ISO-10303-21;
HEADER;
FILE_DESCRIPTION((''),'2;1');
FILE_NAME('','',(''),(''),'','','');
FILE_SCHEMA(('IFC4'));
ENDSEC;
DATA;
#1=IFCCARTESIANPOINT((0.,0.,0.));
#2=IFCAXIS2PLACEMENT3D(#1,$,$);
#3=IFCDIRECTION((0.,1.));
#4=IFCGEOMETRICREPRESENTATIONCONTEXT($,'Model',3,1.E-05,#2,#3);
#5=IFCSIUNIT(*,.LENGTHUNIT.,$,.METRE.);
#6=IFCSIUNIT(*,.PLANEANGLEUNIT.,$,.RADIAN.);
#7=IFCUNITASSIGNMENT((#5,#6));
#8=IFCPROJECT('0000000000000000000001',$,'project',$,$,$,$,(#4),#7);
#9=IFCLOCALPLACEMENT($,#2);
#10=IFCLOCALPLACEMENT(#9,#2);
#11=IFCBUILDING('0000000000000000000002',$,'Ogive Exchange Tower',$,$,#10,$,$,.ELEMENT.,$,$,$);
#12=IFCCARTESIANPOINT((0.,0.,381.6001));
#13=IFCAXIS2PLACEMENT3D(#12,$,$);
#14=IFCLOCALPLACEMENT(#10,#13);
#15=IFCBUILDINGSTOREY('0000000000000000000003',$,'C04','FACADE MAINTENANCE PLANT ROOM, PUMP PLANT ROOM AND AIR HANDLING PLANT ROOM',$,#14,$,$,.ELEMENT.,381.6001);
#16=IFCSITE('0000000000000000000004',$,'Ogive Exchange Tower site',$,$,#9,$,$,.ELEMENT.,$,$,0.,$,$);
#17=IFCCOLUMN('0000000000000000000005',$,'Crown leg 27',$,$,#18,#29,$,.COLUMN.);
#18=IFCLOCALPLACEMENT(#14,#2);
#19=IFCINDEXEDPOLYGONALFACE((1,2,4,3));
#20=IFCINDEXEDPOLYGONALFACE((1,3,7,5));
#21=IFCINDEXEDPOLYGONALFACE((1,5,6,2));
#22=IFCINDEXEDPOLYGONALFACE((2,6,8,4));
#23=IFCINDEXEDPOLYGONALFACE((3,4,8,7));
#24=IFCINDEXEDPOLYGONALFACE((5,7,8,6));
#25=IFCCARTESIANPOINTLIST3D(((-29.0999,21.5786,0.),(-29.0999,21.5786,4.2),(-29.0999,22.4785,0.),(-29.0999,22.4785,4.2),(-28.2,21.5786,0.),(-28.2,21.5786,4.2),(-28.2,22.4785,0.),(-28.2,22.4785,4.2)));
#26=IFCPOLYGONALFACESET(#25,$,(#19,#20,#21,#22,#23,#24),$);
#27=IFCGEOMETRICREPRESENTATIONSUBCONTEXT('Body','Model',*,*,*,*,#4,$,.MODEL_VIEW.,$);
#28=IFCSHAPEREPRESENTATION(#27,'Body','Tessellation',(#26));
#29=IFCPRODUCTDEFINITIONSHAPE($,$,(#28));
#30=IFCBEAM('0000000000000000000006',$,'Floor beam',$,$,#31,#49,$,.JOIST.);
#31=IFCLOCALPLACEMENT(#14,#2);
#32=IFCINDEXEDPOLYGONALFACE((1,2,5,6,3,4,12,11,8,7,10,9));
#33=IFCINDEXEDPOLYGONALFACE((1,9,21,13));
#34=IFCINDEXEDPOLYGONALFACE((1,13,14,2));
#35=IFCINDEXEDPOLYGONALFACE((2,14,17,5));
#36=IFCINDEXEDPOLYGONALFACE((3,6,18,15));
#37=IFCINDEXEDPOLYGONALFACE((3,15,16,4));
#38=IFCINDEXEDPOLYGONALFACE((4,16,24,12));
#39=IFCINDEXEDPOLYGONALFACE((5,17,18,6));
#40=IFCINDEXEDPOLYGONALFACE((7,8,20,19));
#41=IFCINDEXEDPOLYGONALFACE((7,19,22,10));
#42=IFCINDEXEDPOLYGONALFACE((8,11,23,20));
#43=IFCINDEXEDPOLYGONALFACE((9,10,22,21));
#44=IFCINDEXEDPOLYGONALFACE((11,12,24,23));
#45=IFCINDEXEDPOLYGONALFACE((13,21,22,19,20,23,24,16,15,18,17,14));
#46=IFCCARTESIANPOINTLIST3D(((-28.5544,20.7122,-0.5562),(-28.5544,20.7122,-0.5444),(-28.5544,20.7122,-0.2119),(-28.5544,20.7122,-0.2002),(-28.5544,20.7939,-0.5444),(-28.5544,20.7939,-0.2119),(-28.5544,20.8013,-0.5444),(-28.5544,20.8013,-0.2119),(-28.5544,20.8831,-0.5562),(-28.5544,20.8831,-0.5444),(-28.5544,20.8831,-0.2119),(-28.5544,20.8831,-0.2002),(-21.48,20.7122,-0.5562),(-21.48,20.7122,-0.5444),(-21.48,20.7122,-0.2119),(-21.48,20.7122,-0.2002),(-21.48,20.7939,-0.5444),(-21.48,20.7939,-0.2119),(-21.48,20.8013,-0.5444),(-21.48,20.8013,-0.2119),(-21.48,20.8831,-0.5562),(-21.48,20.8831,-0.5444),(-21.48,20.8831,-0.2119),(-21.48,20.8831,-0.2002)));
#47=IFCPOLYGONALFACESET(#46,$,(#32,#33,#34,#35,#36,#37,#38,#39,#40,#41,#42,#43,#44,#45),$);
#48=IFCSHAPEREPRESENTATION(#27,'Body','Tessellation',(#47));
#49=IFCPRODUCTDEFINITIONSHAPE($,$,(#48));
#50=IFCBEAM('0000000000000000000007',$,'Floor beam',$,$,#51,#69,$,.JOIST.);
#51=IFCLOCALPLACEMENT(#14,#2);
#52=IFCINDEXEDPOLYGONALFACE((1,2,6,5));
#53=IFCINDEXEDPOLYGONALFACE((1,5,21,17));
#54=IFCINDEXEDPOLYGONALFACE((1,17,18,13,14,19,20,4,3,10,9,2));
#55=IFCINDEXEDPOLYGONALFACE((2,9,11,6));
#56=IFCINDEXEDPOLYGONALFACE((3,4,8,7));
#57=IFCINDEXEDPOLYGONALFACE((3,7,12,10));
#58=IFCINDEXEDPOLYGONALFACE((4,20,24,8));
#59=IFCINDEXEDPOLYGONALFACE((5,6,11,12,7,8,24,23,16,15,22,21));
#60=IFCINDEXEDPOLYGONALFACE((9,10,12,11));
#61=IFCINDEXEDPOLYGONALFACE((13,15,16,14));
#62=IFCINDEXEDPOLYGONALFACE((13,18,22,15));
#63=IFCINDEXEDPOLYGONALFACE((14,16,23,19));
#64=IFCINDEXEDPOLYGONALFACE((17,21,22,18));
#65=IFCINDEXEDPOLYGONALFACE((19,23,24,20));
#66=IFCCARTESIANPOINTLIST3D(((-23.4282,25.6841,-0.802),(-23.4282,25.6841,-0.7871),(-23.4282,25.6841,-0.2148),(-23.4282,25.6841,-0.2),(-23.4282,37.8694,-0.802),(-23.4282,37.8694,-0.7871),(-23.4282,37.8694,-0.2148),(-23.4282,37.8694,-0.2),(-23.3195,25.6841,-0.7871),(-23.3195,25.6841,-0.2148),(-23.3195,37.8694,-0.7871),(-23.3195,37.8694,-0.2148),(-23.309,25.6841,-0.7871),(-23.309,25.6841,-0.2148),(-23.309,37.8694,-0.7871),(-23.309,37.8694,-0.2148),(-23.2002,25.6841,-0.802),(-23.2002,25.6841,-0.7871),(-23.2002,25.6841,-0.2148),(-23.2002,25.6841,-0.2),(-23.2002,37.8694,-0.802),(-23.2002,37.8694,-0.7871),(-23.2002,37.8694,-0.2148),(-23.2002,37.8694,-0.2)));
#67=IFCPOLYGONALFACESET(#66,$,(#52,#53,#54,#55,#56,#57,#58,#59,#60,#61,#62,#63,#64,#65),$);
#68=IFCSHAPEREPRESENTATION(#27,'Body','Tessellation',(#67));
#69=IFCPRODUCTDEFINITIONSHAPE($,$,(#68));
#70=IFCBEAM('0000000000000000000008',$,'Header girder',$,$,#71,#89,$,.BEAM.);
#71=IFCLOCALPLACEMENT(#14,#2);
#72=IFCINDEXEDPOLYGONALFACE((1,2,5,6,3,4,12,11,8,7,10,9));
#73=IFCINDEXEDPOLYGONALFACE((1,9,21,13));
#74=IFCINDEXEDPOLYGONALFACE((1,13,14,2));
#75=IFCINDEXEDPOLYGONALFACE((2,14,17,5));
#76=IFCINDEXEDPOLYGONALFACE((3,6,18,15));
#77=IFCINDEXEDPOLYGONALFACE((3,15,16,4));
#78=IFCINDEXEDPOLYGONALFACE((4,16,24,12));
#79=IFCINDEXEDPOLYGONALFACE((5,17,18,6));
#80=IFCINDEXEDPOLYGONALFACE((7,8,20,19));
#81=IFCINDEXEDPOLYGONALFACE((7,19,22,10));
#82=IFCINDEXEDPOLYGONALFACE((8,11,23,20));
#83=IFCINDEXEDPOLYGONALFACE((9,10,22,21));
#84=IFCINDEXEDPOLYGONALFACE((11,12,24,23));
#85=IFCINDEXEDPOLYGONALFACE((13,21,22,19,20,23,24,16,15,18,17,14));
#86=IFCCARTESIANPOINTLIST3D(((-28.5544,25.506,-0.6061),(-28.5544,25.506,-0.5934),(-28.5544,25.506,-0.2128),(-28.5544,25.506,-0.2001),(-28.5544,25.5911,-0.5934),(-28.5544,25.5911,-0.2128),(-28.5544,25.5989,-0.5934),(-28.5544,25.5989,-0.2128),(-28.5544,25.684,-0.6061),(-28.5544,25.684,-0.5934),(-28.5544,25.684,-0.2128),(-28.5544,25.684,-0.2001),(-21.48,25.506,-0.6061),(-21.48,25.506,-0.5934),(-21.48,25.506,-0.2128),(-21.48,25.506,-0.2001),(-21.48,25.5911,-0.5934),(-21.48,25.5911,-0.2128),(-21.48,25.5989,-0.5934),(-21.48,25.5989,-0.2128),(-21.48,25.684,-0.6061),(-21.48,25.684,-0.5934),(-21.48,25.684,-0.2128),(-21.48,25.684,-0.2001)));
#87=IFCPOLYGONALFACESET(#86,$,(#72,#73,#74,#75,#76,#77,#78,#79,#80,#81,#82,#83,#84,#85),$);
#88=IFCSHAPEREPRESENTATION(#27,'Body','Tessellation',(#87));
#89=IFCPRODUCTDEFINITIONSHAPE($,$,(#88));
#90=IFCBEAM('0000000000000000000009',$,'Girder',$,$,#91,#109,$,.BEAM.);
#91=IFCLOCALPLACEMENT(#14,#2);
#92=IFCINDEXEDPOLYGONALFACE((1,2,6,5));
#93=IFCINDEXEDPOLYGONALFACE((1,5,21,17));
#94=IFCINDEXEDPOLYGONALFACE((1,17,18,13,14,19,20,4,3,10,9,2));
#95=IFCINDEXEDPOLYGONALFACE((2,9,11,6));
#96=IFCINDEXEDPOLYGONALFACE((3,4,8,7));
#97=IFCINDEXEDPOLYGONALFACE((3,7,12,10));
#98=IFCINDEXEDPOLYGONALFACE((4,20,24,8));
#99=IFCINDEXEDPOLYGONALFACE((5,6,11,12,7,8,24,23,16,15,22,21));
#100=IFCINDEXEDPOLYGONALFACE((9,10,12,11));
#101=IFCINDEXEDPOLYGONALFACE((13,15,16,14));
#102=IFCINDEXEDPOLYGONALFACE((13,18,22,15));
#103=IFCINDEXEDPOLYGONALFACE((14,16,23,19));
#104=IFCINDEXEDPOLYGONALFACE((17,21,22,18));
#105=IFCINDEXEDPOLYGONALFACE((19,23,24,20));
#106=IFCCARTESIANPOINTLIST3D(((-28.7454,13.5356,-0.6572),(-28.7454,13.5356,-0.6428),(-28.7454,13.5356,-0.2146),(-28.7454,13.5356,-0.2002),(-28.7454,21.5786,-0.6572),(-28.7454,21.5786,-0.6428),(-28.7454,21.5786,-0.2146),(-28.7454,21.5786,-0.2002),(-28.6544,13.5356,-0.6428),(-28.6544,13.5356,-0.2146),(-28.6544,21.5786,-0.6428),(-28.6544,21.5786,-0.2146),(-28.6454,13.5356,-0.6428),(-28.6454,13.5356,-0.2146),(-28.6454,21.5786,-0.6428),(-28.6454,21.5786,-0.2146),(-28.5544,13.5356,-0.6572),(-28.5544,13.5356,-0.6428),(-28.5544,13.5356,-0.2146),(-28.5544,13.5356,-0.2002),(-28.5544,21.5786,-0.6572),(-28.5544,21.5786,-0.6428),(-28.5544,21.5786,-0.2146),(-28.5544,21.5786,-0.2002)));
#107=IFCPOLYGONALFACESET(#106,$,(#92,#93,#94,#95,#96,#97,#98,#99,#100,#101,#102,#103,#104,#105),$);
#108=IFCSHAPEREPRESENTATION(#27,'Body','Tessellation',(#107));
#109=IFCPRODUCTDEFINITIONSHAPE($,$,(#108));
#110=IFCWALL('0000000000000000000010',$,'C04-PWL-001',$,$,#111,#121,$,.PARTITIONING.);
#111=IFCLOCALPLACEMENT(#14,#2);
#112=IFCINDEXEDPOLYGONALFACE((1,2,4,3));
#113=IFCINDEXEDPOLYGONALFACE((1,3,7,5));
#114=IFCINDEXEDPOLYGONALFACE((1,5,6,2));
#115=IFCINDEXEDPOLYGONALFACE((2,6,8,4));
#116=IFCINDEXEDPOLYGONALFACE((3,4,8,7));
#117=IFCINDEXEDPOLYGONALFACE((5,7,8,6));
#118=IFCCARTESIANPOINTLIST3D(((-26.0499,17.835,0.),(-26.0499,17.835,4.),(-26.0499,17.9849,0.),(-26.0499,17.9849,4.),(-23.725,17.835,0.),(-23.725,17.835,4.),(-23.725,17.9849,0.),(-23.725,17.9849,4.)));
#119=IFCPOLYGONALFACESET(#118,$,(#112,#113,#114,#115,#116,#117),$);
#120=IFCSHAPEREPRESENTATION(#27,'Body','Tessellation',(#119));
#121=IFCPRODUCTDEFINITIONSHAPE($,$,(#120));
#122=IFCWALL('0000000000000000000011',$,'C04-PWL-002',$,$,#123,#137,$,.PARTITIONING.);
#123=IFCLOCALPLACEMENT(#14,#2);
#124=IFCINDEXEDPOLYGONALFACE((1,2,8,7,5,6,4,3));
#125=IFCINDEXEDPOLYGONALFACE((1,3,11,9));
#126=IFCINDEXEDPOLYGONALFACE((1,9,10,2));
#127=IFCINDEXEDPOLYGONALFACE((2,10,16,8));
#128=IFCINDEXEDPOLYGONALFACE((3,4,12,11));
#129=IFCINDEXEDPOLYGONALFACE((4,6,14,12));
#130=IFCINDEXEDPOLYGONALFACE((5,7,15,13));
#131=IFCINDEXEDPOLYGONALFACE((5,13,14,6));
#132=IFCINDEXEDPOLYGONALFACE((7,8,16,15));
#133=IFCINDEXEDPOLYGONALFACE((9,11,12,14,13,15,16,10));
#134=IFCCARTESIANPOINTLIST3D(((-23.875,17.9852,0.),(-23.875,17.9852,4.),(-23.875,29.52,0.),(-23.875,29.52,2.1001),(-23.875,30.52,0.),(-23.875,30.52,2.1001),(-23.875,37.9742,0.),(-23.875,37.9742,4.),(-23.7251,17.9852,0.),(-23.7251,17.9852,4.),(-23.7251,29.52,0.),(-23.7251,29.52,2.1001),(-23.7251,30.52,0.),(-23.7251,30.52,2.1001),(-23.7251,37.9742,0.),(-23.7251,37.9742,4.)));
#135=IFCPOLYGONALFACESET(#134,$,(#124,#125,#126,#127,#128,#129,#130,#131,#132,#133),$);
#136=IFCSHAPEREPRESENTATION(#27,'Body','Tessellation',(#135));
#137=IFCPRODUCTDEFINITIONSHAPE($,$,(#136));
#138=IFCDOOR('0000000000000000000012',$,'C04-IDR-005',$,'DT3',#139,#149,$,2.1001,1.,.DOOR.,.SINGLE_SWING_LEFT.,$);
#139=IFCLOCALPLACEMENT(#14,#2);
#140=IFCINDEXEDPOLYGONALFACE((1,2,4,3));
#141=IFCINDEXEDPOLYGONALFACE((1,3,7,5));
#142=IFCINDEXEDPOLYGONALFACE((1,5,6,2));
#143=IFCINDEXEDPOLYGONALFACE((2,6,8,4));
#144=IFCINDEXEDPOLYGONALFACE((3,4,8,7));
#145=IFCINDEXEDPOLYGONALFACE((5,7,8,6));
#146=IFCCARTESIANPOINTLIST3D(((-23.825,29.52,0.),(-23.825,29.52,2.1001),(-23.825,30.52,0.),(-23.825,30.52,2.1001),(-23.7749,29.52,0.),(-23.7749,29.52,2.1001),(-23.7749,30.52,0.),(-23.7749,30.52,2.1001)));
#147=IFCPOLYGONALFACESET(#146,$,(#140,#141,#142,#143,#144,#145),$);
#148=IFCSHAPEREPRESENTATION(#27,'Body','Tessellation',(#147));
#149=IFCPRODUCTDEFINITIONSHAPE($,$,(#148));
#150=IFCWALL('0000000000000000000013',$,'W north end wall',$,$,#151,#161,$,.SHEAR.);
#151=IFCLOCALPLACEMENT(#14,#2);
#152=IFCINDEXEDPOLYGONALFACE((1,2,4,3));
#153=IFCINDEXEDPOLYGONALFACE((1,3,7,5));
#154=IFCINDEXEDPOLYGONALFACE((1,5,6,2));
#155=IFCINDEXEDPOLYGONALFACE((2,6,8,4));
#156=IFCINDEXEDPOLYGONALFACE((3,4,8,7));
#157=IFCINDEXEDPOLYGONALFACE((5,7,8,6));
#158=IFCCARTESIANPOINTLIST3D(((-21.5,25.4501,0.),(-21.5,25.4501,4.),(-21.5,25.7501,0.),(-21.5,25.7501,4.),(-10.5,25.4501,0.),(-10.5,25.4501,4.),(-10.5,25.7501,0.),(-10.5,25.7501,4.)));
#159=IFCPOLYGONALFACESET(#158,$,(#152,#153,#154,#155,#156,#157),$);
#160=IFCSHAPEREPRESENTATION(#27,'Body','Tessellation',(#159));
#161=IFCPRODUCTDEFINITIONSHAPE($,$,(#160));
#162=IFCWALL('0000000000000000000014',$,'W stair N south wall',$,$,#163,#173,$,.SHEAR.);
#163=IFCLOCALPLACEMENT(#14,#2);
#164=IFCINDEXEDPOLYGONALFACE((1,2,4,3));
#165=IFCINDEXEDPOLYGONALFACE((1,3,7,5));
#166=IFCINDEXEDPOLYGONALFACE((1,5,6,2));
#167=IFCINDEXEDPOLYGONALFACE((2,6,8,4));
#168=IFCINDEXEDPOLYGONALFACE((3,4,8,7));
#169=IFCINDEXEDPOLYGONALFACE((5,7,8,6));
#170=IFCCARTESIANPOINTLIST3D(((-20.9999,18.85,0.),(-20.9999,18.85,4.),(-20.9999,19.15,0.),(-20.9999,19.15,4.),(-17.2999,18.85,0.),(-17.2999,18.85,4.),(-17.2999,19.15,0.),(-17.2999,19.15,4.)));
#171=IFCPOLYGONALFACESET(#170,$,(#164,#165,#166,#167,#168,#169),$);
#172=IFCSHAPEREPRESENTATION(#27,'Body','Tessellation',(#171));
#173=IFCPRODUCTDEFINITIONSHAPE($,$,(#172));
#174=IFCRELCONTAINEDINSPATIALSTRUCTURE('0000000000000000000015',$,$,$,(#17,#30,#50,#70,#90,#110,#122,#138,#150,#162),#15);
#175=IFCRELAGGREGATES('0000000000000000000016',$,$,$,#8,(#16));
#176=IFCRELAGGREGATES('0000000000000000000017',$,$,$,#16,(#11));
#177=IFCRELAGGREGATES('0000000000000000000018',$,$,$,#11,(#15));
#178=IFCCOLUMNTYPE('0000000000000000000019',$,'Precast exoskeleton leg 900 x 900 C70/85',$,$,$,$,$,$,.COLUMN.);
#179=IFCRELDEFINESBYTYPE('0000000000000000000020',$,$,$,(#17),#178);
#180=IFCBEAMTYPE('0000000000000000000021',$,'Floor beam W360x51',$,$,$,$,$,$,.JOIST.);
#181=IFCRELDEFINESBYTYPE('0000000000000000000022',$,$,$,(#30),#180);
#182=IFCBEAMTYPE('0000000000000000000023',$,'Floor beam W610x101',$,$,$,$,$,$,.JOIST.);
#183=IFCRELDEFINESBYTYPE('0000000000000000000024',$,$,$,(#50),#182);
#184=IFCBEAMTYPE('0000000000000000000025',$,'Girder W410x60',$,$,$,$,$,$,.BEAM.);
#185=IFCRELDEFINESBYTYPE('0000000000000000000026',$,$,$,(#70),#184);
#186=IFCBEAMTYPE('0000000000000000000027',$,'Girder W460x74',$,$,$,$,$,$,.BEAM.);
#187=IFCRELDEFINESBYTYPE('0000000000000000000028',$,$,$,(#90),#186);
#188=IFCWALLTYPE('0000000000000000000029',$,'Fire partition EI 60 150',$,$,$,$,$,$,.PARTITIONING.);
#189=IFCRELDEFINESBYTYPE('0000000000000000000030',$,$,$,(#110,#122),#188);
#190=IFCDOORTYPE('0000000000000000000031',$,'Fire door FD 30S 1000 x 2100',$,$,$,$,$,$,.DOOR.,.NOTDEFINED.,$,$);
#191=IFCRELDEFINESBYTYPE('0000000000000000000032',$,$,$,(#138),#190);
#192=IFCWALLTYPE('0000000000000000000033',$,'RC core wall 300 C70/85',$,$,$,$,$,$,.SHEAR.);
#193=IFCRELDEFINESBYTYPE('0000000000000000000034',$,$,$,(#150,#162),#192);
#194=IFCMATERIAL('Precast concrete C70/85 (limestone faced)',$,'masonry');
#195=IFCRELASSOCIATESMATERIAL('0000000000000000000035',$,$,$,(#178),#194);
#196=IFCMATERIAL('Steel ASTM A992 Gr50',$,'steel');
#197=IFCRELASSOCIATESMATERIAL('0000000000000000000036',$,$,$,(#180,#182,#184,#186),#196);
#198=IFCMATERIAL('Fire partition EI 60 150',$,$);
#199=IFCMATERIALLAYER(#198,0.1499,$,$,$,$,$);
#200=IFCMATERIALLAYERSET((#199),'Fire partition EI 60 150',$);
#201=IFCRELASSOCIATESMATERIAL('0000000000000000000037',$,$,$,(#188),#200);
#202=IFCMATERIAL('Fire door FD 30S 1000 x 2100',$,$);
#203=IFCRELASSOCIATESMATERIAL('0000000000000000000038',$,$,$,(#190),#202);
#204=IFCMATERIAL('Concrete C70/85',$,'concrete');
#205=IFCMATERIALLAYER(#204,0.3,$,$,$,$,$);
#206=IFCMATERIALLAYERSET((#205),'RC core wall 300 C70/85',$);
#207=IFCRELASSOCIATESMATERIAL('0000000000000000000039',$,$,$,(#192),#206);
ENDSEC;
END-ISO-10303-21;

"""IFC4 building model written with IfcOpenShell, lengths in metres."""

from ifc_helpers import new_model, si_unit, direction, frame, frame_2d, origin, origin_2d, place, context, subcontext, project, spatial, rectangle, i_section, extrude, material, layer, layer_set, material_profile, profile_set, type_object, element, fill, save


model = new_model("IFC4")

# Units and contexts
model_context = context("Model", 3, precision=1e-05, world=origin(), true_north=direction((0.0, 1.0)))
body_context = subcontext(model_context, "Body", "Model", "MODEL_VIEW")
ifc_project = project(units=[si_unit("LENGTHUNIT", "METRE"), si_unit("PLANEANGLEUNIT", "RADIAN")], contexts=[model_context])

# Site, building, storey
site_placement = place(None, origin())
site = spatial("IfcSite", under=ifc_project, at=site_placement, Name="Ogive Exchange Tower site", CompositionType="ELEMENT", RefElevation=0.0)
building_placement = place(site_placement, origin())
building = spatial("IfcBuilding", under=site, at=building_placement, Name="Ogive Exchange Tower", CompositionType="ELEMENT")
storey_placement = place(building_placement, frame((0.0, 0.0, 381.6001)))
storey = spatial("IfcBuildingStorey", under=building, at=storey_placement, Name="C04", Description="FACADE MAINTENANCE PLANT ROOM, PUMP PLANT ROOM AND AIR HANDLING PLANT ROOM", CompositionType="ELEMENT", Elevation=381.6001)

# Column
ifc_material_1 = material(Name="Precast concrete C70/85 (limestone faced)", Category="masonry")
ifc_material_profile_1 = material_profile(ifc_material_1, rectangle(XDim=0.8999, YDim=0.8999, at=origin_2d()), Name="900 x 900")
ifc_profile_set_1 = profile_set([ifc_material_profile_1], Name="Precast concrete C70/85 (limestone faced)")
column_type = type_object("IfcColumnType", Name="Precast exoskeleton leg 900 x 900 C70/85", PredefinedType="COLUMN", material=ifc_profile_set_1)
column_placement = place(storey_placement, frame((-28.6499, 22.0286, 0.0), z_axis=(0.0, 0.0, 1.0), x_axis=(1.0, 0.0, 0.0)))
element("IfcColumn", 1, at=column_placement, inside=storey, type_object=column_type, Name="Crown leg 27", PredefinedType="COLUMN", context=body_context, shape_type="SweptSolid", body=[
    extrude(rectangle(XDim=0.8999, YDim=0.8999, at=origin_2d()), origin(), (0.0, 0.0, 1.0), 4.2),
])

# Beams
ifc_material_2 = material(Name="Steel ASTM A992 Gr50", Category="steel")
ifc_material_profile_2 = material_profile(ifc_material_2, i_section(OverallWidth=0.1709, OverallDepth=0.356, WebThickness=0.0073, FlangeThickness=0.0117, at=origin_2d()), Name="W360x51")
ifc_profile_set_2 = profile_set([ifc_material_profile_2], Name="Steel ASTM A992 Gr50")
beam_type_1 = type_object("IfcBeamType", Name="Floor beam W360x51", PredefinedType="JOIST", material=ifc_profile_set_2)
beam_1_placement = place(storey_placement, frame((-28.5544, 20.7976, -0.3782), z_axis=(1.0, 0.0, 0.0), x_axis=(0.0, 1.0, 0.0)))
element("IfcBeam", 2, at=beam_1_placement, inside=storey, type_object=beam_type_1, Name="Floor beam", PredefinedType="JOIST", context=body_context, shape_type="SweptSolid", body=[
    extrude(i_section(OverallWidth=0.1709, OverallDepth=0.356, WebThickness=0.0073, FlangeThickness=0.0117, at=origin_2d()), origin(), (0.0, 0.0, 1.0), 7.0745),
])
ifc_material_profile_3 = material_profile(ifc_material_2, i_section(OverallWidth=0.228, OverallDepth=0.6021, WebThickness=0.0105, FlangeThickness=0.0149, at=origin_2d()), Name="W610x101")
ifc_profile_set_3 = profile_set([ifc_material_profile_3], Name="Steel ASTM A992 Gr50")
beam_type_2 = type_object("IfcBeamType", Name="Floor beam W610x101", PredefinedType="JOIST", material=ifc_profile_set_3)
beam_2_placement = place(storey_placement, frame((-23.3142, 25.6841, -0.501), z_axis=(0.0, 1.0, 0.0), x_axis=(-1.0, 0.0, 0.0)))
element("IfcBeam", 3, at=beam_2_placement, inside=storey, type_object=beam_type_2, Name="Floor beam", PredefinedType="JOIST", context=body_context, shape_type="SweptSolid", body=[
    extrude(i_section(OverallWidth=0.228, OverallDepth=0.6021, WebThickness=0.0105, FlangeThickness=0.0149, at=origin_2d()), origin(), (0.0, 0.0, 1.0), 12.1853),
])
ifc_material_profile_4 = material_profile(ifc_material_2, i_section(OverallWidth=0.178, OverallDepth=0.406, WebThickness=0.0078, FlangeThickness=0.0127, at=origin_2d()), Name="W410x60")
ifc_profile_set_4 = profile_set([ifc_material_profile_4], Name="Steel ASTM A992 Gr50")
beam_type_3 = type_object("IfcBeamType", Name="Girder W410x60", PredefinedType="BEAM", material=ifc_profile_set_4)
beam_3_placement = place(storey_placement, frame((-28.5544, 25.595, -0.4031), z_axis=(1.0, 0.0, 0.0), x_axis=(0.0, 1.0, 0.0)))
element("IfcBeam", 4, at=beam_3_placement, inside=storey, type_object=beam_type_3, Name="Header girder", PredefinedType="BEAM", context=body_context, shape_type="SweptSolid", body=[
    extrude(i_section(OverallWidth=0.178, OverallDepth=0.406, WebThickness=0.0078, FlangeThickness=0.0127, at=origin_2d()), origin(), (0.0, 0.0, 1.0), 7.0745),
])
ifc_material_profile_5 = material_profile(ifc_material_2, i_section(OverallWidth=0.1909, OverallDepth=0.457, WebThickness=0.009, FlangeThickness=0.0144, at=origin_2d()), Name="W460x74")
ifc_profile_set_5 = profile_set([ifc_material_profile_5], Name="Steel ASTM A992 Gr50")
beam_type_4 = type_object("IfcBeamType", Name="Girder W460x74", PredefinedType="BEAM", material=ifc_profile_set_5)
beam_4_placement = place(storey_placement, frame((-28.6499, 21.5786, -0.4287), z_axis=(0.0, -1.0, 0.0), x_axis=(1.0, 0.0, 0.0)))
element("IfcBeam", 5, at=beam_4_placement, inside=storey, type_object=beam_type_4, Name="Girder", PredefinedType="BEAM", context=body_context, shape_type="SweptSolid", body=[
    extrude(i_section(OverallWidth=0.1909, OverallDepth=0.457, WebThickness=0.009, FlangeThickness=0.0144, at=origin_2d()), origin(), (0.0, 0.0, 1.0), 8.043),
])

# Wall
ifc_material_3 = material(Name="Fire partition EI 60 150")
ifc_layer_1 = layer(ifc_material_3, 0.1499)
ifc_layer_set_1 = layer_set([ifc_layer_1], Name="Fire partition EI 60 150")
wall_type_1 = type_object("IfcWallType", Name="Fire partition EI 60 150", PredefinedType="PARTITIONING", material=ifc_layer_set_1)
wall_1_placement = place(storey_placement, frame((-26.05, 17.9099, 0.0), z_axis=(0.0, 0.0, 1.0), x_axis=(1.0, 0.0, 0.0)))
element("IfcWall", 6, at=wall_1_placement, inside=storey, type_object=wall_type_1, Name="C04-PWL-001", PredefinedType="PARTITIONING", context=body_context, shape_type="SweptSolid", body=[
    extrude(rectangle(XDim=2.325, YDim=0.1499, at=frame_2d((1.1626, 0.0))), origin(), (0.0, 0.0, 1.0), 4.0),
])

# Wall, opening, door
wall_2_placement = place(storey_placement, frame((-23.8, 17.9851, 0.0), z_axis=(0.0, 0.0, 1.0), x_axis=(0.0, 1.0, 0.0)))
wall_2 = element("IfcWall", 7, at=wall_2_placement, inside=storey, type_object=wall_type_1, Name="C04-PWL-002", PredefinedType="PARTITIONING", context=body_context, shape_type="SweptSolid", body=[
    extrude(rectangle(XDim=19.989, YDim=0.1499, at=frame_2d((9.9946, 0.0))), origin(), (0.0, 0.0, 1.0), 4.0),
])
opening_1_placement = place(wall_2_placement, frame((11.5349, 0.0, 0.0)))
opening_1 = element("IfcOpeningElement", 8, at=opening_1_placement, cuts=wall_2, PredefinedType="OPENING", context=body_context, shape_type="SweptSolid", body=[
    extrude(rectangle(XDim=1.0, YDim=2.1001, at=frame_2d((0.5, 1.05))), frame((0.0, 0.085, 0.0), z_axis=(0.0, -1.0, 0.0), x_axis=(1.0, 0.0, 0.0)), (0.0, 0.0, 1.0), 0.1699),
])
ifc_material_4 = material(Name="Fire door FD 30S 1000 x 2100")
door_type = type_object("IfcDoorType", Name="Fire door FD 30S 1000 x 2100", OperationType="NOTDEFINED", PredefinedType="DOOR", material=ifc_material_4)
door_placement = place(opening_1_placement, origin())
door = element("IfcDoor", 9, at=door_placement, inside=storey, type_object=door_type, Name="C04-IDR-005", ObjectType="DT3", OperationType="SINGLE_SWING_LEFT", OverallHeight=2.1001, OverallWidth=1.0, PredefinedType="DOOR", context=body_context, shape_type="SweptSolid", body=[
    extrude(rectangle(XDim=1.0, YDim=2.1001, at=frame_2d((0.5, 1.05))), frame((0.0, 0.0249, 0.0), z_axis=(0.0, -1.0, 0.0), x_axis=(1.0, 0.0, 0.0)), (0.0, 0.0, 1.0), 0.05),
])
fill(opening_1, door)

# Walls
ifc_material_5 = material(Name="Concrete C70/85", Category="concrete")
ifc_layer_2 = layer(ifc_material_5, 0.3)
ifc_layer_set_2 = layer_set([ifc_layer_2], Name="RC core wall 300 C70/85")
wall_type_2 = type_object("IfcWallType", Name="RC core wall 300 C70/85", PredefinedType="SHEAR", material=ifc_layer_set_2)
wall_3_placement = place(storey_placement, frame((-21.5, 25.6001, 0.0), z_axis=(0.0, 0.0, 1.0), x_axis=(1.0, 0.0, 0.0)))
element("IfcWall", 10, at=wall_3_placement, inside=storey, type_object=wall_type_2, Name="W north end wall", PredefinedType="SHEAR", context=body_context, shape_type="SweptSolid", body=[
    extrude(rectangle(XDim=11.0, YDim=0.3, at=frame_2d((5.5, 0.0))), origin(), (0.0, 0.0, 1.0), 4.0),
])
wall_4_placement = place(storey_placement, frame((-21.0, 19.0, 0.0), z_axis=(0.0, 0.0, 1.0), x_axis=(1.0, 0.0, 0.0)))
element("IfcWall", 11, at=wall_4_placement, inside=storey, type_object=wall_type_2, Name="W stair N south wall", PredefinedType="SHEAR", context=body_context, shape_type="SweptSolid", body=[
    extrude(rectangle(XDim=3.7, YDim=0.3, at=frame_2d((1.8501, 0.0))), origin(), (0.0, 0.0, 1.0), 4.0),
])

save(model, "model.ifc")
